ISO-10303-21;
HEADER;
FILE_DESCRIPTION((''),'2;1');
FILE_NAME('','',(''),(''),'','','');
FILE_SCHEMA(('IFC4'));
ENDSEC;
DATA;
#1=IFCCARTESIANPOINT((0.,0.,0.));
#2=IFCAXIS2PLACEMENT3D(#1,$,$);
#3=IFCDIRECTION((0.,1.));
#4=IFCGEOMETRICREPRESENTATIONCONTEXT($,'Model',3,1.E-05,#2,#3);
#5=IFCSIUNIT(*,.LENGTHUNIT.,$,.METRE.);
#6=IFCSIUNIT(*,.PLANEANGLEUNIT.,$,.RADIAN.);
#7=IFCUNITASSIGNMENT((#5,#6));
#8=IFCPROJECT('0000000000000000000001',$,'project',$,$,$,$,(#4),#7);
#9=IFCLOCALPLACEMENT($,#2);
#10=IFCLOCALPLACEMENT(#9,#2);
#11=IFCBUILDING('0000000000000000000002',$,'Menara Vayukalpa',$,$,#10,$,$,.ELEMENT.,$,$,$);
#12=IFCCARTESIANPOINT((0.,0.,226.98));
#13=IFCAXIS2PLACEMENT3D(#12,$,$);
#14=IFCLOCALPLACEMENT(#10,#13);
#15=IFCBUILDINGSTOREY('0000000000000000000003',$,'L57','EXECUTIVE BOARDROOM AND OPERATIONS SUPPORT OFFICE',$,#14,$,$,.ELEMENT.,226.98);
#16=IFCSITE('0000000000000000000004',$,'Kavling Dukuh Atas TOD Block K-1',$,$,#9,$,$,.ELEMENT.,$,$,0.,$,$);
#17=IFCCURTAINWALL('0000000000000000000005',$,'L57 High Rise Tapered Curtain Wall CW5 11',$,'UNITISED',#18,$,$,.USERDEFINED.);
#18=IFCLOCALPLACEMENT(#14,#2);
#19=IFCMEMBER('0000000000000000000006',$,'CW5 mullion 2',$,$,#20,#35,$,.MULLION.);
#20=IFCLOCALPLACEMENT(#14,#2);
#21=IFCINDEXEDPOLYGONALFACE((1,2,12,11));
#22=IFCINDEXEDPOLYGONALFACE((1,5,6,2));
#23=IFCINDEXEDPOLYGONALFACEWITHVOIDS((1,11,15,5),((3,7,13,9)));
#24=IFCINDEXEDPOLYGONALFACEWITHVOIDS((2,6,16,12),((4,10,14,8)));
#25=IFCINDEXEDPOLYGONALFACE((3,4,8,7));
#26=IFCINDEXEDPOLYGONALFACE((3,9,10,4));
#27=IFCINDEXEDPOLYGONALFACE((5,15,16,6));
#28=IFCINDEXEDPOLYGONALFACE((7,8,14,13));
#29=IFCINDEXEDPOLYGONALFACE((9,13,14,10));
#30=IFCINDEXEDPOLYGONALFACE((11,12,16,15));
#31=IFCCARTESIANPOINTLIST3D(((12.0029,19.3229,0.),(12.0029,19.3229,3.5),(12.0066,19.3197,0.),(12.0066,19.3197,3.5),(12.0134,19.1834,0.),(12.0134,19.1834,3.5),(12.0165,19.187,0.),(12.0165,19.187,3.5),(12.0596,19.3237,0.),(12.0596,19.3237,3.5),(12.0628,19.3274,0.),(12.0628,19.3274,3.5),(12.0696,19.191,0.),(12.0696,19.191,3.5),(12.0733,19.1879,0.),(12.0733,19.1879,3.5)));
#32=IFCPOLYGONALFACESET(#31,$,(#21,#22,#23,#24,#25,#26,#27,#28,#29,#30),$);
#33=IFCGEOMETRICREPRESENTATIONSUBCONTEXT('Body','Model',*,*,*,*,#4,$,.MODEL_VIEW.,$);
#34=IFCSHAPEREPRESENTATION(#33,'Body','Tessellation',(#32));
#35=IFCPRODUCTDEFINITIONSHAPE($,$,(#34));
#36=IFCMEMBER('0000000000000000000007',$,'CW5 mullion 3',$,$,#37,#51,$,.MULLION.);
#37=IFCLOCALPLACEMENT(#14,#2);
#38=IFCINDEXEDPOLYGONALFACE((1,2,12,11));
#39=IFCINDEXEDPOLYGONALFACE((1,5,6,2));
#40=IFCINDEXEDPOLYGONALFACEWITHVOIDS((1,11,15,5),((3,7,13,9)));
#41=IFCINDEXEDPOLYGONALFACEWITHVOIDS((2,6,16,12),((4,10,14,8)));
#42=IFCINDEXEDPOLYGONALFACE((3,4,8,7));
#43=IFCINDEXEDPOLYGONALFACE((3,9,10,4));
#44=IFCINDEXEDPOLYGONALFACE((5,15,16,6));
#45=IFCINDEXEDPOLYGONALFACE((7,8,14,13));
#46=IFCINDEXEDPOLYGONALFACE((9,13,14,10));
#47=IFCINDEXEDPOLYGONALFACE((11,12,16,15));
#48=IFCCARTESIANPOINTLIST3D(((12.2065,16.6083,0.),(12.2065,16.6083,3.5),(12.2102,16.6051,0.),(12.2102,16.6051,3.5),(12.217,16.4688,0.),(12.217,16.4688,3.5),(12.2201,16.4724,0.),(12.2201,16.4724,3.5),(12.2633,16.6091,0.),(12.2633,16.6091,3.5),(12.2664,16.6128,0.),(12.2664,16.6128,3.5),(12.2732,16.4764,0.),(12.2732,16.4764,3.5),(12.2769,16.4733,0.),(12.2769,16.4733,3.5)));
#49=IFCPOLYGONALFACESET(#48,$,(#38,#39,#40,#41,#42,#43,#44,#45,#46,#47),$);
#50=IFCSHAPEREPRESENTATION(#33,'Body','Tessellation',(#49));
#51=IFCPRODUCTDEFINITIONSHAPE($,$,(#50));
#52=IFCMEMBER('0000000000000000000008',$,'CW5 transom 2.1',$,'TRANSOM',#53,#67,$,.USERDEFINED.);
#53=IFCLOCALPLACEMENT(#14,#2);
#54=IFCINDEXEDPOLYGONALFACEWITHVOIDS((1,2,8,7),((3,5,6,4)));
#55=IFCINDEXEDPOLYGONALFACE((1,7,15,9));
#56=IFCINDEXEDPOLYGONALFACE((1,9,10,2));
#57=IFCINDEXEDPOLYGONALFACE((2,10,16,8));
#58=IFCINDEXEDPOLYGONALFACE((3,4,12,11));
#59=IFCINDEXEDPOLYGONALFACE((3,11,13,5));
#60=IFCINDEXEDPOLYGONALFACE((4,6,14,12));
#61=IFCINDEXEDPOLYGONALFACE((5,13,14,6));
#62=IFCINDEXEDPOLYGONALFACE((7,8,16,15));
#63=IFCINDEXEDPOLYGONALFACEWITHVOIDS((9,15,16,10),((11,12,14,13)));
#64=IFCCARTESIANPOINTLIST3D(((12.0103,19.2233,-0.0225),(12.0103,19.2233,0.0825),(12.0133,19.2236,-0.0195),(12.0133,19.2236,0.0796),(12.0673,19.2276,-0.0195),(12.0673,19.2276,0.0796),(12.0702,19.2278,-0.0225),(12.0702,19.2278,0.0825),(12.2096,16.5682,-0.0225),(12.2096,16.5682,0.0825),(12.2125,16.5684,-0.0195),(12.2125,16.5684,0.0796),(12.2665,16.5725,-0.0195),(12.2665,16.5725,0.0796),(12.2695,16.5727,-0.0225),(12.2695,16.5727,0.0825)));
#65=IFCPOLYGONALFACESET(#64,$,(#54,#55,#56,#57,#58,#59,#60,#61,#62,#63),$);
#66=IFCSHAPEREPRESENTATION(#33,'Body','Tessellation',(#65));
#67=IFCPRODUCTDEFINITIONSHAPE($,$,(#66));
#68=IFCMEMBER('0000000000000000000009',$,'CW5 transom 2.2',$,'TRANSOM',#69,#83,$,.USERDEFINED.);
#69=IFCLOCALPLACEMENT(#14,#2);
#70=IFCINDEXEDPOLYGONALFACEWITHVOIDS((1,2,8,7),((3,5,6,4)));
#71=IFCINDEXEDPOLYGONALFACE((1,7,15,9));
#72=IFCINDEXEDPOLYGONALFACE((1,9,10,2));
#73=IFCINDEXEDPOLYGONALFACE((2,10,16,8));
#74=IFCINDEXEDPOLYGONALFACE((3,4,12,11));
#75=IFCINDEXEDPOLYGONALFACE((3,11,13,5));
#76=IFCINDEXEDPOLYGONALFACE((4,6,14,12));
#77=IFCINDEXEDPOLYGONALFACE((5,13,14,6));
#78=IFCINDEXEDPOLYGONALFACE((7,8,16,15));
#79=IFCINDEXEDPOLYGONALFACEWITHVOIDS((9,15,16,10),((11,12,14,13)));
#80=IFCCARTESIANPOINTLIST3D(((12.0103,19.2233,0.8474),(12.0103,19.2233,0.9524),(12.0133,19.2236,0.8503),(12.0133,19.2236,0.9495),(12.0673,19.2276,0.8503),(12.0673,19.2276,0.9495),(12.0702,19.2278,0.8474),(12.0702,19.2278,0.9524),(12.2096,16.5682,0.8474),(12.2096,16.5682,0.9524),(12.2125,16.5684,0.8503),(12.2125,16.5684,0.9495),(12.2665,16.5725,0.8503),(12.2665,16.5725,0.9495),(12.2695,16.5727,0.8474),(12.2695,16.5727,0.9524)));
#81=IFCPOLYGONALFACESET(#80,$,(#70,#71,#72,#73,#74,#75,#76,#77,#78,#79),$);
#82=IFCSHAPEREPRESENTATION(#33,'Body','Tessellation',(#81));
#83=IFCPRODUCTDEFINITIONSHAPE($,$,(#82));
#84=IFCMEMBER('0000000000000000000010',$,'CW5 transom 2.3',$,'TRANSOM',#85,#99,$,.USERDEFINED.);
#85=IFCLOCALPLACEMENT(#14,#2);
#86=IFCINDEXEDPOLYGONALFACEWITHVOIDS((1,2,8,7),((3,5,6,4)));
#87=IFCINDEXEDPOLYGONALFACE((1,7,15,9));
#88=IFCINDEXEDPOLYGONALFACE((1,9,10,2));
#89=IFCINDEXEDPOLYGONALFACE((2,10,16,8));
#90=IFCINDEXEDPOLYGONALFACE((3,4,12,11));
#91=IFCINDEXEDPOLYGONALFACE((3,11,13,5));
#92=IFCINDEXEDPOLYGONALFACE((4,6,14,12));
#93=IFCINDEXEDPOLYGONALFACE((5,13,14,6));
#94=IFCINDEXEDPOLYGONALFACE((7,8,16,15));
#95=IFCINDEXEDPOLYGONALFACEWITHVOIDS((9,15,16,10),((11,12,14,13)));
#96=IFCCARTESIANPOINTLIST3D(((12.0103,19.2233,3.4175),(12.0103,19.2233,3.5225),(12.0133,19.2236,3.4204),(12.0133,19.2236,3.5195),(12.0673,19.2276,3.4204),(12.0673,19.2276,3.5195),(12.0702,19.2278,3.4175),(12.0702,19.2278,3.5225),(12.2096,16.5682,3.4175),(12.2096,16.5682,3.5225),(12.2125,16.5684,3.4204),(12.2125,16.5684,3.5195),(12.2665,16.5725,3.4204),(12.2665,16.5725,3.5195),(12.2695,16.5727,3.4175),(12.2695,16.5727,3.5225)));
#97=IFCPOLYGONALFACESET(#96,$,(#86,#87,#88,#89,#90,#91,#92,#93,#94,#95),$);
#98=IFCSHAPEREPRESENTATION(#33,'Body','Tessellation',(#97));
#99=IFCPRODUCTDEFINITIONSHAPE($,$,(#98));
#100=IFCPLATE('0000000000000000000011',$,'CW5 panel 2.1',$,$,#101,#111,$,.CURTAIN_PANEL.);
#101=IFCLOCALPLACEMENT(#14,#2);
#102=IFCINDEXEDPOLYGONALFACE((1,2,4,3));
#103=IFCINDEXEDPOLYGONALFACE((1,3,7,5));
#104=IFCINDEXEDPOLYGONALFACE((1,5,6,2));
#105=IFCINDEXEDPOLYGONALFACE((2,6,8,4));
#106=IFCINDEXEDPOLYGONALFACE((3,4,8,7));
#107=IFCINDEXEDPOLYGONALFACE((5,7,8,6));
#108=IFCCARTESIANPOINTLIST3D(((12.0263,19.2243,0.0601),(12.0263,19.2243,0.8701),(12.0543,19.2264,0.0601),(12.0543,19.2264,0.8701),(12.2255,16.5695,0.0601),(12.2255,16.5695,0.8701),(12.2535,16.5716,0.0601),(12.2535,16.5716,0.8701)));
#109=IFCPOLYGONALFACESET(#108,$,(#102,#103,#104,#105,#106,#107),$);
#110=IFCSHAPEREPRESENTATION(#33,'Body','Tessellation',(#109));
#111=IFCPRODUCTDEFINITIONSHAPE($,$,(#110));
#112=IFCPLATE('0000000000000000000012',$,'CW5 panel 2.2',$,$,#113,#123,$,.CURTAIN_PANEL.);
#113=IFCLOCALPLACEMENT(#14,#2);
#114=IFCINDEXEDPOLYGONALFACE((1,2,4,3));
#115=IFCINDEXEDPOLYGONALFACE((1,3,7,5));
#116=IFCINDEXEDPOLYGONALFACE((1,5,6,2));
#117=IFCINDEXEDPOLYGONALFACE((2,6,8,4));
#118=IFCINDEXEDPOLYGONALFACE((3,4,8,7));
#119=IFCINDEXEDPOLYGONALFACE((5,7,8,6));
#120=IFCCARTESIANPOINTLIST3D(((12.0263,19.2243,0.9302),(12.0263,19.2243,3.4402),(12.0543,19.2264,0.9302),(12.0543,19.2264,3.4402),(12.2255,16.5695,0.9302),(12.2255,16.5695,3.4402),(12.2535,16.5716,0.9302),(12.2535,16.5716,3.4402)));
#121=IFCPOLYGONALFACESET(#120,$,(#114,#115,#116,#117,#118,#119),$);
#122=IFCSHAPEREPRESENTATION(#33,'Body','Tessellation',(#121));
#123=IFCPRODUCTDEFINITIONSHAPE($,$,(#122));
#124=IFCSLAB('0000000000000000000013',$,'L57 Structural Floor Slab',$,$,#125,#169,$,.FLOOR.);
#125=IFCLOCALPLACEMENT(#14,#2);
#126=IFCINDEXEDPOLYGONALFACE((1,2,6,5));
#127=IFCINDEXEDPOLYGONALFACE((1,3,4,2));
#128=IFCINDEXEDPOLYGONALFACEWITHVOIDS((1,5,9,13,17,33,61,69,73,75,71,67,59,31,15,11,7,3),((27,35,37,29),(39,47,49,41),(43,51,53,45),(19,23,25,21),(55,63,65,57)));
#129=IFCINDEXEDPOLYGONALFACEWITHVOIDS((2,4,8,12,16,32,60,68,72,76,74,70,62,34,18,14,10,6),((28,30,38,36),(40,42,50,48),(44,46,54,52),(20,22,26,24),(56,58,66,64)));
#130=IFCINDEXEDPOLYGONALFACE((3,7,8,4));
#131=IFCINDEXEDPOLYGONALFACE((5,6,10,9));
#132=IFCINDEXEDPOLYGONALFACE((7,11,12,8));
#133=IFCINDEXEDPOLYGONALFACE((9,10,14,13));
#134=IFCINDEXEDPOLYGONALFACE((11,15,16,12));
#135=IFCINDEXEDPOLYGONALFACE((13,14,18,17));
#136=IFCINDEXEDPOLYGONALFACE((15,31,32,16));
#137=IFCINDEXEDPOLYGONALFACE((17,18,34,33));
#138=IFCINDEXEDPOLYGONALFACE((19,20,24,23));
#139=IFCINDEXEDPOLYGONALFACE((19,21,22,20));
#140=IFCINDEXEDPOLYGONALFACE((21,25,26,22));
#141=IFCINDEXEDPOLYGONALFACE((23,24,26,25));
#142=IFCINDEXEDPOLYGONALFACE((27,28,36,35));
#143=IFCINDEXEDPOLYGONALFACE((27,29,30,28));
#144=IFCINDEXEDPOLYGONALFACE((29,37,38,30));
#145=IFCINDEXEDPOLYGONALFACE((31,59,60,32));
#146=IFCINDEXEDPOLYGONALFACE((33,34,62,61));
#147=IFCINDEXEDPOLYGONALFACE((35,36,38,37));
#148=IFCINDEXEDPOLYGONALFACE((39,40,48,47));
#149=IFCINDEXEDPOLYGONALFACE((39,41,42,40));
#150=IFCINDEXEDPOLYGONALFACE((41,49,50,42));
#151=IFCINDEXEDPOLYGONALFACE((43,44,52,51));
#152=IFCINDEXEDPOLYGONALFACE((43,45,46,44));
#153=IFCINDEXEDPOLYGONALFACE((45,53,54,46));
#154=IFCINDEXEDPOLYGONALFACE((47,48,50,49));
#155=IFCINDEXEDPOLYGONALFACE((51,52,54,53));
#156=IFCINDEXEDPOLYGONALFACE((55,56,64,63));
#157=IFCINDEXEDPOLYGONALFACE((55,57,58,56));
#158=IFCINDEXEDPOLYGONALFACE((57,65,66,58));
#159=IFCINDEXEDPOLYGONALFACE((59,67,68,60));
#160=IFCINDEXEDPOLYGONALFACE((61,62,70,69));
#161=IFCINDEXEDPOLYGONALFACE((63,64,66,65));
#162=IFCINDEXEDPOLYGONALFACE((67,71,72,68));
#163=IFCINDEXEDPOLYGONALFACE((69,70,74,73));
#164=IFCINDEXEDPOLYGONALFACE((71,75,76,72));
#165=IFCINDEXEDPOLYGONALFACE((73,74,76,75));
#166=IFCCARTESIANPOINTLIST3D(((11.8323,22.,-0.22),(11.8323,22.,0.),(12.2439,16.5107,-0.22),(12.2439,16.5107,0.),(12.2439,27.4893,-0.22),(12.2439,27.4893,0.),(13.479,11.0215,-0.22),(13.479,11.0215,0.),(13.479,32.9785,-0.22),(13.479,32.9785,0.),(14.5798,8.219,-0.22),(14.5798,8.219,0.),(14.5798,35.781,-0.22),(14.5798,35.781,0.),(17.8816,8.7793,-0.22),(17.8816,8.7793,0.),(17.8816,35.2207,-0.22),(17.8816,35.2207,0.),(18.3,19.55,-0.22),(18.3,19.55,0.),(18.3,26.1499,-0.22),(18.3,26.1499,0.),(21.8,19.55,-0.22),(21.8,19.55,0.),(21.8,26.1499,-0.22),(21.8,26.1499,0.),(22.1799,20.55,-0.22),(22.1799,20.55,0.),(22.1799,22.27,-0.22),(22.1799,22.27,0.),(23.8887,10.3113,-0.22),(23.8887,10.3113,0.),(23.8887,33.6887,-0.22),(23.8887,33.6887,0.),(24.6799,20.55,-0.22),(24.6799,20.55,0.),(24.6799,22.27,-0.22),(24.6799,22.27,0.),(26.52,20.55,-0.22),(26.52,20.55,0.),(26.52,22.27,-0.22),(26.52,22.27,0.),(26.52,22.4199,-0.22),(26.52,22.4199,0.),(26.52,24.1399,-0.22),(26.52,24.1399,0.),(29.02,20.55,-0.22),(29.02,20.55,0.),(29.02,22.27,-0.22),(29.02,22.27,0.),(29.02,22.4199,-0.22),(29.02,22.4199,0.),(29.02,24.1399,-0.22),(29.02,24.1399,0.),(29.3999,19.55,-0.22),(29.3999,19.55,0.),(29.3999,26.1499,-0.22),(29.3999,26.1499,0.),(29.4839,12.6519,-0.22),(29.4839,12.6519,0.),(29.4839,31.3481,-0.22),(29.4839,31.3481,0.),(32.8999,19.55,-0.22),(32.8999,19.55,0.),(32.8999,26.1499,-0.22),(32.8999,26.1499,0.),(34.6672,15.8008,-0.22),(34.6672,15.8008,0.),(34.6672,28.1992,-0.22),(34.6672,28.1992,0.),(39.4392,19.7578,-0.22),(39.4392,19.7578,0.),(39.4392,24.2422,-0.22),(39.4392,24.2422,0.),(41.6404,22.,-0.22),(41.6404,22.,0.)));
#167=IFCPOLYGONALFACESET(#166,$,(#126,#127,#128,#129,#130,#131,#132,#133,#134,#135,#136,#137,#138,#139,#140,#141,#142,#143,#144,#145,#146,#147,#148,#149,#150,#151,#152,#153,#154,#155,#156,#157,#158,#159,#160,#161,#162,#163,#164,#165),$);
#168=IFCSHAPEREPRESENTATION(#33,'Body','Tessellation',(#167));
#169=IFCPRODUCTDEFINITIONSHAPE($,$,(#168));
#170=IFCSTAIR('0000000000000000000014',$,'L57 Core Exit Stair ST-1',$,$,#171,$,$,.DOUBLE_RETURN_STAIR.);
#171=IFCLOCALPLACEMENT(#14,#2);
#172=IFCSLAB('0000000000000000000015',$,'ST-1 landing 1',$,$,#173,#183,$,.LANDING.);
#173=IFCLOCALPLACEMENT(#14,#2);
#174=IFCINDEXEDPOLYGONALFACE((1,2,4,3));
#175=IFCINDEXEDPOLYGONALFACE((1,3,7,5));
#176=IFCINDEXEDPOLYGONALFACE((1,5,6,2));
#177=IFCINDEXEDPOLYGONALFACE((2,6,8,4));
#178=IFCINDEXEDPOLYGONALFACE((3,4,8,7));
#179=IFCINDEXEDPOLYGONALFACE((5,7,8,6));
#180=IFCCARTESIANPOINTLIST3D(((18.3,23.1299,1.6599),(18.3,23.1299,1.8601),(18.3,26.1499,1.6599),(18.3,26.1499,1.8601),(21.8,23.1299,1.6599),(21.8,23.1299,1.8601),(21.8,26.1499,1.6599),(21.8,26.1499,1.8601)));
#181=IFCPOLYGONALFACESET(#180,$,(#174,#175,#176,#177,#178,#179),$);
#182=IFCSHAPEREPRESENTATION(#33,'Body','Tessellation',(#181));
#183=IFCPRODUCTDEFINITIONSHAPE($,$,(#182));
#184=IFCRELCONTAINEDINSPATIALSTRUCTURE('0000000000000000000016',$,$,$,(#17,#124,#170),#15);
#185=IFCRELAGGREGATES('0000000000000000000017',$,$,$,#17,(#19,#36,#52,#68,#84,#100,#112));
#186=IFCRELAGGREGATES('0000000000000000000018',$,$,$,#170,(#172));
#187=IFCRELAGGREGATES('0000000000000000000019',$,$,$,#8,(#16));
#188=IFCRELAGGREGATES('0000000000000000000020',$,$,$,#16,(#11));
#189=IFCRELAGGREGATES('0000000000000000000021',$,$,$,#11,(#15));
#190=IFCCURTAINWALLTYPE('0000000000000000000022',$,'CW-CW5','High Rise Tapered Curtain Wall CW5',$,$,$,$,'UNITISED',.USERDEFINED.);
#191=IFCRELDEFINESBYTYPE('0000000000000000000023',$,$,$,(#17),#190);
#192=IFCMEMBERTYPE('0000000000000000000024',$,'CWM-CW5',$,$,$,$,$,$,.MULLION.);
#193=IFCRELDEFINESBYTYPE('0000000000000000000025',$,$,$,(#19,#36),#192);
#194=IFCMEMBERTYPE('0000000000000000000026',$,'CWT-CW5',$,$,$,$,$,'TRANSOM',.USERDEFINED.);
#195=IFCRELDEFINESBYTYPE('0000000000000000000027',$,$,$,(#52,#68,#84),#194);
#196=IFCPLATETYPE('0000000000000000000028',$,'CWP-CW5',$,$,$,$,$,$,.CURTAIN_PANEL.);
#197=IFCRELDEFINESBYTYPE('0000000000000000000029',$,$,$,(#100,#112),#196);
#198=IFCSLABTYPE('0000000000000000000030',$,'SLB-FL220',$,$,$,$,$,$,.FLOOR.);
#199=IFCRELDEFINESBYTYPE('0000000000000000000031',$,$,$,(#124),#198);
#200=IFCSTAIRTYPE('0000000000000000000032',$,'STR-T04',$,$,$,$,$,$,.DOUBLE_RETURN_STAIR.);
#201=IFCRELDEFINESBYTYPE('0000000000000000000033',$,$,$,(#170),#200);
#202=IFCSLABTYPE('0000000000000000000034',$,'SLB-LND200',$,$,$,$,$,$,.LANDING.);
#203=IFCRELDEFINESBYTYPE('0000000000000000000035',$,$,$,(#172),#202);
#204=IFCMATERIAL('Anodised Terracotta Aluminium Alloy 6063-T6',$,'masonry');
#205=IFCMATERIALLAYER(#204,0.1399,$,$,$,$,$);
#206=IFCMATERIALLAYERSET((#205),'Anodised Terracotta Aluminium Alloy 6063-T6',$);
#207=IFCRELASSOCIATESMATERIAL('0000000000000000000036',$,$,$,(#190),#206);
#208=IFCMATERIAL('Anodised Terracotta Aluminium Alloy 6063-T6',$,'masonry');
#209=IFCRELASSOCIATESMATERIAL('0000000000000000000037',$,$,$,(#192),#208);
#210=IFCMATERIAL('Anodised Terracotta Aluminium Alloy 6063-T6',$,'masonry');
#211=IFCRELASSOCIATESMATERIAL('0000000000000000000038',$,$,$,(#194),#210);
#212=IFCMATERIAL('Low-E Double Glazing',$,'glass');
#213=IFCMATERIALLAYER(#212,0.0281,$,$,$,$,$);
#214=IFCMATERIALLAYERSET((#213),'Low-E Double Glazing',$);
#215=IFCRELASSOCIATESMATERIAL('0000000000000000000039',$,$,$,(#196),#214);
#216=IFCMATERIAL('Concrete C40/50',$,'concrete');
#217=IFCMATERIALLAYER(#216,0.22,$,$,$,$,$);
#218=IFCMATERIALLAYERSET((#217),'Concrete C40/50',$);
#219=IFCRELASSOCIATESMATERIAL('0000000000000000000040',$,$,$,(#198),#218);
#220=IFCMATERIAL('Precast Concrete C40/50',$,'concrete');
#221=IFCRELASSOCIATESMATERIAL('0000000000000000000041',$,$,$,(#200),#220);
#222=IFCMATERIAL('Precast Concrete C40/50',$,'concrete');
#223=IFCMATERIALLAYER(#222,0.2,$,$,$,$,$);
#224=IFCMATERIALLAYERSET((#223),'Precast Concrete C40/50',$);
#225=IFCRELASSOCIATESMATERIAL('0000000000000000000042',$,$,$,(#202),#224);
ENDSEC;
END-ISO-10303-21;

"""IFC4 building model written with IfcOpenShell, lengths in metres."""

from ifc_helpers import new_model, si_unit, direction, frame, origin, origin_2d, place, context, subcontext, project, spatial, polyline, rectangle, hollow_rectangle, outline, extrude, material, layer, layer_set, material_profile, profile_set, type_object, element, aggregate, save


model = new_model("IFC4")

# Units and contexts
model_context = context("Model", 3, precision=1e-05, world=origin(), true_north=direction((0.0, 1.0)))
body_context = subcontext(model_context, "Body", "Model", "MODEL_VIEW")
ifc_project = project(units=[si_unit("LENGTHUNIT", "METRE"), si_unit("PLANEANGLEUNIT", "RADIAN")], contexts=[model_context])

# Site, building, storey
site_placement = place(None, origin())
site = spatial("IfcSite", under=ifc_project, at=site_placement, Name="Kavling Dukuh Atas TOD Block K-1", CompositionType="ELEMENT", RefElevation=0.0)
building_placement = place(site_placement, origin())
building = spatial("IfcBuilding", under=site, at=building_placement, Name="Menara Vayukalpa", CompositionType="ELEMENT")
storey_placement = place(building_placement, frame((0.0, 0.0, 226.98)))
storey = spatial("IfcBuildingStorey", under=building, at=storey_placement, Name="L57", Description="EXECUTIVE BOARDROOM AND OPERATIONS SUPPORT OFFICE", CompositionType="ELEMENT", Elevation=226.98)

# Curtain wall, members, plates
ifc_material_1 = material(Name="Anodised Terracotta Aluminium Alloy 6063-T6", Category="masonry")
ifc_layer_1 = layer(ifc_material_1, 0.1399)
ifc_layer_set_1 = layer_set([ifc_layer_1], Name="Anodised Terracotta Aluminium Alloy 6063-T6")
curtain_wall_type = type_object("IfcCurtainWallType", Name="CW-CW5", Description="High Rise Tapered Curtain Wall CW5", ElementType="UNITISED", PredefinedType="USERDEFINED", material=ifc_layer_set_1)
curtain_wall_placement = place(storey_placement, origin())
curtain_wall = element("IfcCurtainWall", 1, at=curtain_wall_placement, inside=storey, type_object=curtain_wall_type, Name="L57 High Rise Tapered Curtain Wall CW5 11", ObjectType="UNITISED", PredefinedType="USERDEFINED")
ifc_material_2 = material(Name="Anodised Terracotta Aluminium Alloy 6063-T6", Category="masonry")
ifc_material_profile_1 = material_profile(ifc_material_2, hollow_rectangle(XDim=0.0601, YDim=0.1399, WallThickness=0.0034, at=origin_2d()), Name="ALU 60x140x3.5")
ifc_profile_set_1 = profile_set([ifc_material_profile_1], Name="Anodised Terracotta Aluminium Alloy 6063-T6")
member_type_1 = type_object("IfcMemberType", Name="CWM-CW5", PredefinedType="MULLION", material=ifc_profile_set_1)
member_1_placement = place(storey_placement, frame((12.0381, 19.2554, 0.0), z_axis=(0.0, 0.0, 1.0), x_axis=(0.997199, 0.074792, 0.0)))
member_1 = element("IfcMember", 2, at=member_1_placement, type_object=member_type_1, Name="CW5 mullion 2", PredefinedType="MULLION", context=body_context, shape_type="SweptSolid", body=[
    extrude(hollow_rectangle(XDim=0.0601, YDim=0.1399, WallThickness=0.0034, at=origin_2d()), origin(), (0.0, 0.0, 1.0), 3.5),
])
member_2_placement = place(storey_placement, frame((12.2417, 16.5408, 0.0), z_axis=(0.0, 0.0, 1.0), x_axis=(0.997199, 0.074792, 0.0)))
member_2 = element("IfcMember", 3, at=member_2_placement, type_object=member_type_1, Name="CW5 mullion 3", PredefinedType="MULLION", context=body_context, shape_type="SweptSolid", body=[
    extrude(hollow_rectangle(XDim=0.0601, YDim=0.1399, WallThickness=0.0034, at=origin_2d()), origin(), (0.0, 0.0, 1.0), 3.5),
])
ifc_material_3 = material(Name="Anodised Terracotta Aluminium Alloy 6063-T6", Category="masonry")
ifc_material_profile_2 = material_profile(ifc_material_3, hollow_rectangle(XDim=0.0601, YDim=0.105, WallThickness=0.0029, at=origin_2d()), Name="ALU 60x105x3")
ifc_profile_set_2 = profile_set([ifc_material_profile_2], Name="Anodised Terracotta Aluminium Alloy 6063-T6")
member_type_2 = type_object("IfcMemberType", Name="CWT-CW5", ElementType="TRANSOM", PredefinedType="USERDEFINED", material=ifc_profile_set_2)
member_3_placement = place(storey_placement, frame((12.0403, 19.2256, 0.03), z_axis=(0.074824, -0.997197, 0.0), x_axis=(0.997197, 0.074824, 0.0)))
member_3 = element("IfcMember", 4, at=member_3_placement, type_object=member_type_2, Name="CW5 transom 2.1", ObjectType="TRANSOM", PredefinedType="USERDEFINED", context=body_context, shape_type="SweptSolid", body=[
    extrude(hollow_rectangle(XDim=0.0601, YDim=0.105, WallThickness=0.0029, at=origin_2d()), origin(), (0.0, 0.0, 1.0), 2.6626),
])
member_4_placement = place(storey_placement, frame((12.0403, 19.2256, 0.8999), z_axis=(0.074824, -0.997197, 0.0), x_axis=(0.997197, 0.074824, 0.0)))
member_4 = element("IfcMember", 5, at=member_4_placement, type_object=member_type_2, Name="CW5 transom 2.2", ObjectType="TRANSOM", PredefinedType="USERDEFINED", context=body_context, shape_type="SweptSolid", body=[
    extrude(hollow_rectangle(XDim=0.0601, YDim=0.105, WallThickness=0.0029, at=origin_2d()), origin(), (0.0, 0.0, 1.0), 2.6626),
])
member_5_placement = place(storey_placement, frame((12.0403, 19.2256, 3.47), z_axis=(0.074824, -0.997197, 0.0), x_axis=(0.997197, 0.074824, 0.0)))
member_5 = element("IfcMember", 6, at=member_5_placement, type_object=member_type_2, Name="CW5 transom 2.3", ObjectType="TRANSOM", PredefinedType="USERDEFINED", context=body_context, shape_type="SweptSolid", body=[
    extrude(hollow_rectangle(XDim=0.0601, YDim=0.105, WallThickness=0.0029, at=origin_2d()), origin(), (0.0, 0.0, 1.0), 2.6626),
])
ifc_material_4 = material(Name="Low-E Double Glazing", Category="glass")
ifc_layer_2 = layer(ifc_material_4, 0.0281)
ifc_layer_set_2 = layer_set([ifc_layer_2], Name="Low-E Double Glazing")
plate_type = type_object("IfcPlateType", Name="CWP-CW5", PredefinedType="CURTAIN_PANEL", material=ifc_layer_set_2)
plate_1_placement = place(storey_placement, frame((12.1399, 17.8979, 0.0601), z_axis=(0.0, 0.0, 1.0), x_axis=(0.074792, -0.997199, 0.0)))
plate_1 = element("IfcPlate", 7, at=plate_1_placement, type_object=plate_type, Name="CW5 panel 2.1", PredefinedType="CURTAIN_PANEL", context=body_context, shape_type="SweptSolid", body=[
    extrude(rectangle(XDim=2.6624, YDim=0.0281, at=origin_2d()), origin(), (0.0, 0.0, 1.0), 0.8101),
])
plate_2_placement = place(storey_placement, frame((12.1399, 17.8979, 0.9302), z_axis=(0.0, 0.0, 1.0), x_axis=(0.074792, -0.997199, 0.0)))
plate_2 = element("IfcPlate", 8, at=plate_2_placement, type_object=plate_type, Name="CW5 panel 2.2", PredefinedType="CURTAIN_PANEL", context=body_context, shape_type="SweptSolid", body=[
    extrude(rectangle(XDim=2.6624, YDim=0.0281, at=origin_2d()), origin(), (0.0, 0.0, 1.0), 2.51),
])
aggregate(curtain_wall, [member_1, member_2, member_3, member_4, member_5, plate_1, plate_2])

# Slab
ifc_material_5 = material(Name="Concrete C40/50", Category="concrete")
ifc_layer_3 = layer(ifc_material_5, 0.22)
ifc_layer_set_3 = layer_set([ifc_layer_3], Name="Concrete C40/50")
slab_type_1 = type_object("IfcSlabType", Name="SLB-FL220", PredefinedType="FLOOR", material=ifc_layer_set_3)
slab_1_placement = place(storey_placement, frame((0.0, 0.0, -0.22)))
element("IfcSlab", 9, at=slab_1_placement, inside=storey, type_object=slab_type_1, Name="L57 Structural Floor Slab", PredefinedType="FLOOR", context=body_context, shape_type="SweptSolid", body=[
    extrude(outline(polyline([(39.4392, 19.7578), (41.6404, 22.0), (39.4392, 24.2422), (34.6672, 28.1992), (29.4839, 31.3481), (23.8887, 33.6887), (17.8816, 35.2207), (14.5798, 35.781), (13.479, 32.9785), (12.2439, 27.4893), (11.8323, 22.0), (12.2439, 16.5107), (13.479, 11.0215), (14.5798, 8.219), (17.8816, 8.7793), (23.8887, 10.3113), (29.4839, 12.6519), (34.6672, 15.8008), (39.4392, 19.7578)]), holes=[polyline([(21.8, 19.55), (21.8, 26.1499), (18.3, 26.1499), (18.3, 19.55), (21.8, 19.55)]), polyline([(32.8999, 19.55), (32.8999, 26.1499), (29.3999, 26.1499), (29.3999, 19.55), (32.8999, 19.55)]), polyline([(22.1799, 20.55), (24.6799, 20.55), (24.6799, 22.27), (22.1799, 22.27), (22.1799, 20.55)]), polyline([(26.52, 20.55), (29.02, 20.55), (29.02, 22.27), (26.52, 22.27), (26.52, 20.55)]), polyline([(26.52, 22.4199), (29.02, 22.4199), (29.02, 24.1399), (26.52, 24.1399), (26.52, 22.4199)])]), origin(), (0.0, 0.0, 1.0), 0.22),
])

# Stair, slab
ifc_material_6 = material(Name="Precast Concrete C40/50", Category="concrete")
stair_type = type_object("IfcStairType", Name="STR-T04", PredefinedType="DOUBLE_RETURN_STAIR", material=ifc_material_6)
stair_1_placement = place(storey_placement, origin())
stair_1 = element("IfcStair", 10, at=stair_1_placement, inside=storey, type_object=stair_type, Name="L57 Core Exit Stair ST-1", PredefinedType="DOUBLE_RETURN_STAIR")
ifc_material_7 = material(Name="Precast Concrete C40/50", Category="concrete")
ifc_layer_4 = layer(ifc_material_7, 0.2)
ifc_layer_set_4 = layer_set([ifc_layer_4], Name="Precast Concrete C40/50")
slab_type_2 = type_object("IfcSlabType", Name="SLB-LND200", PredefinedType="LANDING", material=ifc_layer_set_4)
slab_2_placement = place(storey_placement, frame((0.0, 0.0, 1.6599)))
slab_2 = element("IfcSlab", 11, at=slab_2_placement, type_object=slab_type_2, Name="ST-1 landing 1", PredefinedType="LANDING", context=body_context, shape_type="SweptSolid", body=[
    extrude(outline(polyline([(21.8, 23.1299), (21.8, 26.1499), (18.3, 26.1499), (18.3, 23.1299), (21.8, 23.1299)])), origin(), (0.0, 0.0, 1.0), 0.2002),
])
aggregate(stair_1, [slab_2])

save(model, "model.ifc")
